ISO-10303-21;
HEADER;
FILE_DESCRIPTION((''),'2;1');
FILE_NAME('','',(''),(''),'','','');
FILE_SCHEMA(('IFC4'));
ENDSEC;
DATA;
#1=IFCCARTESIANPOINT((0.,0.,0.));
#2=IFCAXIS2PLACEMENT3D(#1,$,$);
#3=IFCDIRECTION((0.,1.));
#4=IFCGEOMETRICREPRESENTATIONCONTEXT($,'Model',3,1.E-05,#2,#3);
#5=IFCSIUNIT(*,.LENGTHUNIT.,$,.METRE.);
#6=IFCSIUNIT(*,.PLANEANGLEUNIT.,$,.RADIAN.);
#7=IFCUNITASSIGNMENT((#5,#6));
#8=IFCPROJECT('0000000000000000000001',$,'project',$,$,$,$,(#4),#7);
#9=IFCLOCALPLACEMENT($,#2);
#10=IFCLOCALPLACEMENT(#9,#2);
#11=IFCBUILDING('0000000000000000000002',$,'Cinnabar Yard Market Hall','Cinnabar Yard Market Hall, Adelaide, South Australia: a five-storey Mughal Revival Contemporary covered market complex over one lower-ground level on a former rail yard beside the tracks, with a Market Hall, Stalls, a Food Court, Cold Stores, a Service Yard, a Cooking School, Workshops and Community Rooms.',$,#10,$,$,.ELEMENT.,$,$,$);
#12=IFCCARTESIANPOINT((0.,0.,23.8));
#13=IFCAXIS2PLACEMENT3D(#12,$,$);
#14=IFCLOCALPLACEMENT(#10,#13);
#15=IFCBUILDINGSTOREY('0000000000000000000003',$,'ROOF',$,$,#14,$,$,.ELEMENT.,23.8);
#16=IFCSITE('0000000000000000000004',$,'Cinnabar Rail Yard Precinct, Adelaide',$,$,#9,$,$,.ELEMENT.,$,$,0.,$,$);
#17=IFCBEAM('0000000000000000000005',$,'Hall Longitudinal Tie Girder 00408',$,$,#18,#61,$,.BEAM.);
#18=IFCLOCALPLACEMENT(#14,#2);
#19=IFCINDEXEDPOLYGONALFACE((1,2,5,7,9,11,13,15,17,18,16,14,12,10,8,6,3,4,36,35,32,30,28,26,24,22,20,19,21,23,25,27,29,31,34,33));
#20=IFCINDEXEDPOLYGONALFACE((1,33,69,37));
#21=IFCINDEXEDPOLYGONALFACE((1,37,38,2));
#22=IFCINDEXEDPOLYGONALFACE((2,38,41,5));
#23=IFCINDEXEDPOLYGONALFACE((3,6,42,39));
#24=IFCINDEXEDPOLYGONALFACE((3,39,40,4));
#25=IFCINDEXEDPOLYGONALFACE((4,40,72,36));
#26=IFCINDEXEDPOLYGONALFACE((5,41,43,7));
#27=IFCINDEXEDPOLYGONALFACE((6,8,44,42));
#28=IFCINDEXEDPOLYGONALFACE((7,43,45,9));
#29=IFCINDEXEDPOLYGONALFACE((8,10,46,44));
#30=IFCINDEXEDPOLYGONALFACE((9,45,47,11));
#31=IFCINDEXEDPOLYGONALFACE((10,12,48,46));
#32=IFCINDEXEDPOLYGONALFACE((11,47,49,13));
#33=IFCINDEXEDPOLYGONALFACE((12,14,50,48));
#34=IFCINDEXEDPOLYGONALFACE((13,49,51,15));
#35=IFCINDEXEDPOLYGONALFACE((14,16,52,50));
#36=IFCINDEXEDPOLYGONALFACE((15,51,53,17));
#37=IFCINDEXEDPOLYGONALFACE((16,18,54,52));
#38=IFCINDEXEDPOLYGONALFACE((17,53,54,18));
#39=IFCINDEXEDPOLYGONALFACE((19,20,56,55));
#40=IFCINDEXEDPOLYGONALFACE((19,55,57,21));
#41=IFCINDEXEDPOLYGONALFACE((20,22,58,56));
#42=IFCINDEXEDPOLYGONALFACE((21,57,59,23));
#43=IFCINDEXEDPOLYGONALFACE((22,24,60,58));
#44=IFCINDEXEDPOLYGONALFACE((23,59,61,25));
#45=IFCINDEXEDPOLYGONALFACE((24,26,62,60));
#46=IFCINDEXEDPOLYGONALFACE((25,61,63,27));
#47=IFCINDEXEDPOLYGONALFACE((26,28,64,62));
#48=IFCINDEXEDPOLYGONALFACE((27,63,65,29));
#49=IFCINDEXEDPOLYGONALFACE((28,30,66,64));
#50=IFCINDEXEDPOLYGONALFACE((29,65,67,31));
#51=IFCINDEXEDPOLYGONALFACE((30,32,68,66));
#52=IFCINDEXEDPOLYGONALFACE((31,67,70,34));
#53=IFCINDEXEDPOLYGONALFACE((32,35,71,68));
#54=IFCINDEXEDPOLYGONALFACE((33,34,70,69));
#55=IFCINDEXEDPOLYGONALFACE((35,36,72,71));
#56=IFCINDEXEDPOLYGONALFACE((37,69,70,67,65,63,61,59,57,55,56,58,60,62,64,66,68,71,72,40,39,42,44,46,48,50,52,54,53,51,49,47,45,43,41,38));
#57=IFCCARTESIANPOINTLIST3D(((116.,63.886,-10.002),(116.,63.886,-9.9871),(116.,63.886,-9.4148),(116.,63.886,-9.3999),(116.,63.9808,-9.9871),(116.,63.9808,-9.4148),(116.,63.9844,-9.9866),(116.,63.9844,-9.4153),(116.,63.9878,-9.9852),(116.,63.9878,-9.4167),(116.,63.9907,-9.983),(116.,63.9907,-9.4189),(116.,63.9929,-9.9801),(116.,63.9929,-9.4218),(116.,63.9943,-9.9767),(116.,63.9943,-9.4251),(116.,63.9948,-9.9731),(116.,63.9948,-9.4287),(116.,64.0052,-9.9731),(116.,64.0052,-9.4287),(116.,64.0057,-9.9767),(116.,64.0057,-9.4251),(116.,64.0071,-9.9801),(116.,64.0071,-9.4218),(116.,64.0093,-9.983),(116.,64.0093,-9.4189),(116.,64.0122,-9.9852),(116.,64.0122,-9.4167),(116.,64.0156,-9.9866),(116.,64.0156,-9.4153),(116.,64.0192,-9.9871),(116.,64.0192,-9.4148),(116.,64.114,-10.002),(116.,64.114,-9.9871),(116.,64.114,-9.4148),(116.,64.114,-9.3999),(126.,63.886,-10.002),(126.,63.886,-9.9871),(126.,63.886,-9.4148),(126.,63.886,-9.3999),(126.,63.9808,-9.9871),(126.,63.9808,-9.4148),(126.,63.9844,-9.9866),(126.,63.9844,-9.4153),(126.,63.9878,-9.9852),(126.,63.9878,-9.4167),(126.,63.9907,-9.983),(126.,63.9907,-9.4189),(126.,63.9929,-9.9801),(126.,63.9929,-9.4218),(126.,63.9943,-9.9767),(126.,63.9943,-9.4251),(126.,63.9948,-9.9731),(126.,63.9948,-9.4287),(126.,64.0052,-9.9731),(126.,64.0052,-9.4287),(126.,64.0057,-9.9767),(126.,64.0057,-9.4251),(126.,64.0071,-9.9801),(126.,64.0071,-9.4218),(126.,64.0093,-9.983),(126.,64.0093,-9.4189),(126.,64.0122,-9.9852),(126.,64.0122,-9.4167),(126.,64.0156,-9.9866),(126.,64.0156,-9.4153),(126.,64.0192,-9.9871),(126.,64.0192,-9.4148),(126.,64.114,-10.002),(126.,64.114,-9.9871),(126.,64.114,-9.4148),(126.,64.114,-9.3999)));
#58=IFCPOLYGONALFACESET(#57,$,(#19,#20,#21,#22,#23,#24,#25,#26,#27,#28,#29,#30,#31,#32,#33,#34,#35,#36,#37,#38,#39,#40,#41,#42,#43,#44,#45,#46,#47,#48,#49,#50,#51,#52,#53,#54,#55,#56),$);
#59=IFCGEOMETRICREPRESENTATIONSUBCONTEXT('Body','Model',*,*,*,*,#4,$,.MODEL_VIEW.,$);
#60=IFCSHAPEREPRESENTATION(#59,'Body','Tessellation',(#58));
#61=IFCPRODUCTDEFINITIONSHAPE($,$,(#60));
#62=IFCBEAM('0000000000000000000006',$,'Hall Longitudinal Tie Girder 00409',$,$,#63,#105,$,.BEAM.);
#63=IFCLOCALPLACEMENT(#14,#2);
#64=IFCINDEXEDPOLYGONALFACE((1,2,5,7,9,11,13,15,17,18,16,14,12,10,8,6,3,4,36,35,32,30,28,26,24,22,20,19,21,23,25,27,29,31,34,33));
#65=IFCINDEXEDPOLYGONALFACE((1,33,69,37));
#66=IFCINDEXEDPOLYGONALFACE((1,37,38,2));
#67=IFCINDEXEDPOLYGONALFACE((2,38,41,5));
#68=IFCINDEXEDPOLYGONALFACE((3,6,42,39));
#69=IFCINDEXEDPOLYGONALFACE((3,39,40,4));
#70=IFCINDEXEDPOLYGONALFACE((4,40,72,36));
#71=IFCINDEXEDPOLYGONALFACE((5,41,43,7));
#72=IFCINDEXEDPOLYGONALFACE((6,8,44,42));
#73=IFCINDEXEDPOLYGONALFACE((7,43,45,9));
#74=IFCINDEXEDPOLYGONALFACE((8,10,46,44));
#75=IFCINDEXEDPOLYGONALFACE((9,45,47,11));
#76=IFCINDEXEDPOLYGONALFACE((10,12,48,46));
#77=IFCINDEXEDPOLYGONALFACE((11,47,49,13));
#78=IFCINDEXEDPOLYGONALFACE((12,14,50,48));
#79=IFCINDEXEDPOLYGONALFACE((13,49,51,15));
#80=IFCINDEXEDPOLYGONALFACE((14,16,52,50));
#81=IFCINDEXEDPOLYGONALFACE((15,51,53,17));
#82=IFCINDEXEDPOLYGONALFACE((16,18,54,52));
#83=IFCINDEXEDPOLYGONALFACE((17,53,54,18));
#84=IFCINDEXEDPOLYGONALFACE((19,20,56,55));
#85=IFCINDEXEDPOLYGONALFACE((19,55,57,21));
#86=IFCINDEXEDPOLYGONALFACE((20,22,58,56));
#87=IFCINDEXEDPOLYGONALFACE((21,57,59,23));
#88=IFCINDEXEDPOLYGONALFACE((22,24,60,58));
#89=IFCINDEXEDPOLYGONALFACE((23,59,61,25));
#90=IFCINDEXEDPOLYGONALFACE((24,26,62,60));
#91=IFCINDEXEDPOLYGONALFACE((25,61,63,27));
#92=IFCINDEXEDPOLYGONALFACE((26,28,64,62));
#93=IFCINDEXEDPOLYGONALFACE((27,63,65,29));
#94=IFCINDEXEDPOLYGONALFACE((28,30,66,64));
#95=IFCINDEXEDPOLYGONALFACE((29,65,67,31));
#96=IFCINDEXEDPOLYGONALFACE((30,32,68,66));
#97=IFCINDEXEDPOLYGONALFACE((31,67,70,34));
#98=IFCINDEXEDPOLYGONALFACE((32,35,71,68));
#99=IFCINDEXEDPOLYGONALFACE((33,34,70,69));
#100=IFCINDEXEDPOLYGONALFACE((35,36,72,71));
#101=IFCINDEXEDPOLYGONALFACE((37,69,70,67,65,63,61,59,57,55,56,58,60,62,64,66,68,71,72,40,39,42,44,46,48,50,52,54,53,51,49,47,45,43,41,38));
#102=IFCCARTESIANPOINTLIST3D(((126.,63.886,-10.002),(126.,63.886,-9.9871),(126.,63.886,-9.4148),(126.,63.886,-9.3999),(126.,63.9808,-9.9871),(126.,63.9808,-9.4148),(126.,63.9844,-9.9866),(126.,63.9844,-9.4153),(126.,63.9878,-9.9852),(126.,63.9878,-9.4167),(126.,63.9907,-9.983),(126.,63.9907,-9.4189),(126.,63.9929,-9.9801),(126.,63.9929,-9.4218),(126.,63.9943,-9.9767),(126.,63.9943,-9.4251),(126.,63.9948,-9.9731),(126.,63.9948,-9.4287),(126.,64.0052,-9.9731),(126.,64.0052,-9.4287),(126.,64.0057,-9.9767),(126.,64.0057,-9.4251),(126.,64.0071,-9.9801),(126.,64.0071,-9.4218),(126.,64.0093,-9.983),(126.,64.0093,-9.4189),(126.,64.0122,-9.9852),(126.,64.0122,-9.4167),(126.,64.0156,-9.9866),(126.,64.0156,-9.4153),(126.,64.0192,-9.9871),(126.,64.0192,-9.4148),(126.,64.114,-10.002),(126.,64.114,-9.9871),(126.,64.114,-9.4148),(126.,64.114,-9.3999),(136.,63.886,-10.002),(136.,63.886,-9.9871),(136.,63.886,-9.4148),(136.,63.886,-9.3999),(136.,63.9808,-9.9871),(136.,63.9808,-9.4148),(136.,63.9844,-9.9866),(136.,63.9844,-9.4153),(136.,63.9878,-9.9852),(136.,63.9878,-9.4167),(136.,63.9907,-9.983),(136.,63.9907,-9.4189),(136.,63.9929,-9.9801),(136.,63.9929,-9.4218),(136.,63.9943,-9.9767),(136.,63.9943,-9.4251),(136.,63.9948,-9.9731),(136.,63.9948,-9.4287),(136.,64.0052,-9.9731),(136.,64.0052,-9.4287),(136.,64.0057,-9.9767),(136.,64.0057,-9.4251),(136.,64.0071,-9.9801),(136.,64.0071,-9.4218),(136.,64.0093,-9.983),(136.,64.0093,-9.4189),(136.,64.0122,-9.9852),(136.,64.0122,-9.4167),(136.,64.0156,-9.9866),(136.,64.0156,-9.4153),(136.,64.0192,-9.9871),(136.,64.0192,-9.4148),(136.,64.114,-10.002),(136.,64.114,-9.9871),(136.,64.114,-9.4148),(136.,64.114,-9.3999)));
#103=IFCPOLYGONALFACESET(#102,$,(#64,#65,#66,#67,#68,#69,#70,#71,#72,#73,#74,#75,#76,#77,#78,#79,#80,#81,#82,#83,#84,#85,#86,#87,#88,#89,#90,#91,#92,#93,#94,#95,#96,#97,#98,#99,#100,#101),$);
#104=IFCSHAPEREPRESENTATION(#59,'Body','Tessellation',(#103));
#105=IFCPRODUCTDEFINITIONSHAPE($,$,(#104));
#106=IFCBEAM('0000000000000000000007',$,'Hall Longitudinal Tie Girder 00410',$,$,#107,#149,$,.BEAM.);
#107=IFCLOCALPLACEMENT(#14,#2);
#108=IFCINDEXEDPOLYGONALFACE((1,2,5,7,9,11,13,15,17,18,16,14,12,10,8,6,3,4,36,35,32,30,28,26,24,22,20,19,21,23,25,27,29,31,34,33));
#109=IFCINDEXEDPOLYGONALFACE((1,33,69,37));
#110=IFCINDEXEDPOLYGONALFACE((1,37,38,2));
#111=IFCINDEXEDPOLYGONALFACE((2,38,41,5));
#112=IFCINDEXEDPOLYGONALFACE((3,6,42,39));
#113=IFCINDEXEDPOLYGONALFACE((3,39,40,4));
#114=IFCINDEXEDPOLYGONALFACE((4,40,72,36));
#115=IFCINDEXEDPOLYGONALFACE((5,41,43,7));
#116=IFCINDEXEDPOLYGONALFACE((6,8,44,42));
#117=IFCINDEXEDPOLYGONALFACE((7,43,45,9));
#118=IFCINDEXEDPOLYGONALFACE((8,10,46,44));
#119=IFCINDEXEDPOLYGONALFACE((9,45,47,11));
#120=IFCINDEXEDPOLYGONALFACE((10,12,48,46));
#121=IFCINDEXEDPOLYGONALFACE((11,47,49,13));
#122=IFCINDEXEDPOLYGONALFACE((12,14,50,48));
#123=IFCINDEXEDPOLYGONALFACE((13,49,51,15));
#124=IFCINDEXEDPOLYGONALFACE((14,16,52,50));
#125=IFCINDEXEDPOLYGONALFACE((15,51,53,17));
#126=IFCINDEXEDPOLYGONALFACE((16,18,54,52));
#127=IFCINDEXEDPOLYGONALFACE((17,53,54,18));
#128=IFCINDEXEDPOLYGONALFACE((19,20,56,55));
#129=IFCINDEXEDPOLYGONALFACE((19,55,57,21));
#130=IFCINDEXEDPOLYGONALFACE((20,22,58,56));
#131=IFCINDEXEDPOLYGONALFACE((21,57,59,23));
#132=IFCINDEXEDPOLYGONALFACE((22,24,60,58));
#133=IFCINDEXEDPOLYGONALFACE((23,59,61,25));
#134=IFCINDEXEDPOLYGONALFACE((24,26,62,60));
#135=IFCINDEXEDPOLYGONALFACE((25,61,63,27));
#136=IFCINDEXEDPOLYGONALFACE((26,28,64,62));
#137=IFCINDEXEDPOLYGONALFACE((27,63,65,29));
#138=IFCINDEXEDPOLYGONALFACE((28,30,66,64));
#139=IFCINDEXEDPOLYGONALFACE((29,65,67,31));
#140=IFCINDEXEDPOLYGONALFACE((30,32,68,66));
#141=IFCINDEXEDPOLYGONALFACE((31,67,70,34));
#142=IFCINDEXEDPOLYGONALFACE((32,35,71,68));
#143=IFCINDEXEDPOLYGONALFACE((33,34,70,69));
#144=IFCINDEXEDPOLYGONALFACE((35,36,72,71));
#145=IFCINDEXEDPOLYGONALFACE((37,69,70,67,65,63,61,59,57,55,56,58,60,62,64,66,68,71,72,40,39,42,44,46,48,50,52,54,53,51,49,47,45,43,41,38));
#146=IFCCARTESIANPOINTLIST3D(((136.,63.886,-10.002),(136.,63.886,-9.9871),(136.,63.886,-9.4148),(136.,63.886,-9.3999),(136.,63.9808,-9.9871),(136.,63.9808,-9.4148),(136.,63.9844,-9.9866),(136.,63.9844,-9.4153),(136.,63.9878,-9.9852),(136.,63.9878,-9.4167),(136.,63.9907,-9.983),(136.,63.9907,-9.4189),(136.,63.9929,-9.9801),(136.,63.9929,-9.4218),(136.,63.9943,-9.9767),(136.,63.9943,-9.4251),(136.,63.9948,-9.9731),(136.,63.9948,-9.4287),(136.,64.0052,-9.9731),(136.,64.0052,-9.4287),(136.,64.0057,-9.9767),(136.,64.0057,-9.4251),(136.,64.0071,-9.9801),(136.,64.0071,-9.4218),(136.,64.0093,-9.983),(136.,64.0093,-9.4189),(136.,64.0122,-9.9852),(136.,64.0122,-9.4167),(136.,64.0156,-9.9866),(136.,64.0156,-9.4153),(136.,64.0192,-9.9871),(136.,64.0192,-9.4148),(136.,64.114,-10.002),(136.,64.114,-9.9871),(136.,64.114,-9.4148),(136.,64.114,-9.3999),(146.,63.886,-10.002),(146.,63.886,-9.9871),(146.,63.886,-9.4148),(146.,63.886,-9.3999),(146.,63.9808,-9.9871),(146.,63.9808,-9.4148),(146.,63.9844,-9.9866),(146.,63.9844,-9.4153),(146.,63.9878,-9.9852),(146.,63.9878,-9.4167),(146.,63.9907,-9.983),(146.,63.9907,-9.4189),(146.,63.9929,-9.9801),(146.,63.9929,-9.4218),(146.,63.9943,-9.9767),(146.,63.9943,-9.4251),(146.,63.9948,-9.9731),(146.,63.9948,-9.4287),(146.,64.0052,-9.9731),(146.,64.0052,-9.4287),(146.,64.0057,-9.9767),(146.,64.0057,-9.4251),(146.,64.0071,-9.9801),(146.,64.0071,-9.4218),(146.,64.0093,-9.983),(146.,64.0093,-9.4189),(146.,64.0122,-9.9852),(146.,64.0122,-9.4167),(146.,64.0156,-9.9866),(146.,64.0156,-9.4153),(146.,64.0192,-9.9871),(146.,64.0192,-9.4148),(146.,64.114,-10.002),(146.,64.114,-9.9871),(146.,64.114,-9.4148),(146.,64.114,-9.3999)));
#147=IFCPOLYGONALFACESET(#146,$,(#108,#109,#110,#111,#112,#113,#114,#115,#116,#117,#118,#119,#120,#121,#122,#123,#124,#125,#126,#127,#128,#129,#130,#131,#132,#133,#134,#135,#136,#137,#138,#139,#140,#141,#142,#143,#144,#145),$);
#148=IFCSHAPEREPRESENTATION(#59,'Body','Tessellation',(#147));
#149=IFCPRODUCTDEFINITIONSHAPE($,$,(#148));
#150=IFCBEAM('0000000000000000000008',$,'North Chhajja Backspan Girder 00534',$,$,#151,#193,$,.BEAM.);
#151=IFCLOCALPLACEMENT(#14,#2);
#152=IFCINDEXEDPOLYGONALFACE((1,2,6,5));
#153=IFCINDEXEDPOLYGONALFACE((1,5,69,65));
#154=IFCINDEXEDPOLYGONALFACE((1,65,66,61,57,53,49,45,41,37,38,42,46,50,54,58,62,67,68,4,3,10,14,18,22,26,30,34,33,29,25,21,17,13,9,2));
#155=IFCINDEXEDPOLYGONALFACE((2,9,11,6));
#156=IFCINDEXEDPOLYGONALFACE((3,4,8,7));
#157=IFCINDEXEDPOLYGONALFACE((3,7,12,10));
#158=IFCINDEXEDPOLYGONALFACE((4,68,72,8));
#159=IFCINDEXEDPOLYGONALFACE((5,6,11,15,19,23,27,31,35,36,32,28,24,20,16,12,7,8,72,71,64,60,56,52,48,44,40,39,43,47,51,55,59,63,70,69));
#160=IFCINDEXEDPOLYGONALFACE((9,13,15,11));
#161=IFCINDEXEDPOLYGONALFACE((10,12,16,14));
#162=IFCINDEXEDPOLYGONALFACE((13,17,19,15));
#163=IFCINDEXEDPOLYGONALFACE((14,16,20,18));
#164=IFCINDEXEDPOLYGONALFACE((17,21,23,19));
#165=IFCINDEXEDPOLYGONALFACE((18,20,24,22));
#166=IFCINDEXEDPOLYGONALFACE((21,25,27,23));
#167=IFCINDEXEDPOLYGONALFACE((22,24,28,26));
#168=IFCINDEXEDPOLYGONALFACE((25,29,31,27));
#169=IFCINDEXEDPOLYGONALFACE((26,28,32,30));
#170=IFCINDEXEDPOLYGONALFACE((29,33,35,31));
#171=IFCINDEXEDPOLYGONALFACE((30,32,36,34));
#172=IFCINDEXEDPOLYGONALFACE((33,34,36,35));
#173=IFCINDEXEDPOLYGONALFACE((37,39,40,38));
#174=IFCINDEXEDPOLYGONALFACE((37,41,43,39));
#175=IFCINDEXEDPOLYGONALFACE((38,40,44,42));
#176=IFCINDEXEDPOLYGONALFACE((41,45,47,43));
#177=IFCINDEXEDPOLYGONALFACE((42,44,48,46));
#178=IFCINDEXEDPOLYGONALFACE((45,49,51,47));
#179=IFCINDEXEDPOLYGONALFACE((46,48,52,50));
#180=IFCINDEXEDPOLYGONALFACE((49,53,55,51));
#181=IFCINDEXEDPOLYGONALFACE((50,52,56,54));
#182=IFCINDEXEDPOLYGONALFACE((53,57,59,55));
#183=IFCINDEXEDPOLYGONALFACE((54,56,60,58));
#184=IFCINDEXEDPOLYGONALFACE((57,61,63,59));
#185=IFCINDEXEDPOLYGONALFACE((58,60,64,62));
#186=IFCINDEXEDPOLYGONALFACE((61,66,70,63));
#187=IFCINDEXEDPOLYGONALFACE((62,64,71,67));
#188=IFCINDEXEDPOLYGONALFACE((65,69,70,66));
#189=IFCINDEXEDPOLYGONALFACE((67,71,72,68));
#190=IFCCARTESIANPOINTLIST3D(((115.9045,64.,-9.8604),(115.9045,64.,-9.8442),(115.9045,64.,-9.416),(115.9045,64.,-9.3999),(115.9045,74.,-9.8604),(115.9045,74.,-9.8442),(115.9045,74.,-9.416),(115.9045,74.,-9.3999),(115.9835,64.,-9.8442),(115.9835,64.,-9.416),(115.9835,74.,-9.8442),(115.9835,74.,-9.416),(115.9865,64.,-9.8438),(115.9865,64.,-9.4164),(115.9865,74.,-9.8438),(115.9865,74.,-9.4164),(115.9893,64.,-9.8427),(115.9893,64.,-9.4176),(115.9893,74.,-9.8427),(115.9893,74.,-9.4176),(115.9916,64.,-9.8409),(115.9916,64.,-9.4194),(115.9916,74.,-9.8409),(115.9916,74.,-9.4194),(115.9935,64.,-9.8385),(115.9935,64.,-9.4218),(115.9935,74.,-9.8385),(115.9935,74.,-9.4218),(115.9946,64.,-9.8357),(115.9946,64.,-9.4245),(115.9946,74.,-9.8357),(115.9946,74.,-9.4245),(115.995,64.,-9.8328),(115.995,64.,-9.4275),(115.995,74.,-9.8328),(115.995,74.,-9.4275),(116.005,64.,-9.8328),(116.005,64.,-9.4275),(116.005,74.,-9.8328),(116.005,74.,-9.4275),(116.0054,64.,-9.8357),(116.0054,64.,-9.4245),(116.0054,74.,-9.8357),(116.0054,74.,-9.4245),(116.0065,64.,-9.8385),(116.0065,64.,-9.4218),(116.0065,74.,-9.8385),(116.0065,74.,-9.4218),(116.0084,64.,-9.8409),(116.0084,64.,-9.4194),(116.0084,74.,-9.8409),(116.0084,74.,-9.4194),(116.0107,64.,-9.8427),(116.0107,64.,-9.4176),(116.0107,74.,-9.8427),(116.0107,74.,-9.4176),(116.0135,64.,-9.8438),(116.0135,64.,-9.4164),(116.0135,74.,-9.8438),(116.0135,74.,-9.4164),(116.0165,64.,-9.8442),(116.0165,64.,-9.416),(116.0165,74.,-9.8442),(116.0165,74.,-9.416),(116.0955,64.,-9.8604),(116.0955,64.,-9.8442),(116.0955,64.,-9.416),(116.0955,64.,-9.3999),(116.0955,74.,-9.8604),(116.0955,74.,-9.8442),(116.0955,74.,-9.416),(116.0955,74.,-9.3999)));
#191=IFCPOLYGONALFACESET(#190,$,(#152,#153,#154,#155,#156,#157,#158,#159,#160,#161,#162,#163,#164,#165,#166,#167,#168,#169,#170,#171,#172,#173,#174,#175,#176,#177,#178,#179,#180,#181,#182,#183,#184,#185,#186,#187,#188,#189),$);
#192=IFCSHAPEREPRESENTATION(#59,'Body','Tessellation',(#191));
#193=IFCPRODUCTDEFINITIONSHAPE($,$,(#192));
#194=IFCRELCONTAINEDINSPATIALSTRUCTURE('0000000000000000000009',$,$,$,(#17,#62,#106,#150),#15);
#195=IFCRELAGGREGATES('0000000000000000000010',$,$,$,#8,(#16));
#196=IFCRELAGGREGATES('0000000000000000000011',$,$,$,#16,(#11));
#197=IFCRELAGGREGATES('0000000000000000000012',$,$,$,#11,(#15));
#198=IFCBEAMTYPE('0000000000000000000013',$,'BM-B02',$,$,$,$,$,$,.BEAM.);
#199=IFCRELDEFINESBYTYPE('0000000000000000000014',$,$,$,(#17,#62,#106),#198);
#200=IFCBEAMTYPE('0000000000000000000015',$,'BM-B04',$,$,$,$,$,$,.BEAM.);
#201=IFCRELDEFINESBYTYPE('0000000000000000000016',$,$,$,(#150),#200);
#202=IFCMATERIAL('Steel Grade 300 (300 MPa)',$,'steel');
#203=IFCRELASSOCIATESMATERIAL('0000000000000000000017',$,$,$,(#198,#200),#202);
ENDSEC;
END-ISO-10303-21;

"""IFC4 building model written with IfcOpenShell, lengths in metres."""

from ifc_helpers import new_model, si_unit, direction, frame, origin, origin_2d_with_axis, place, context, subcontext, project, spatial, i_section, extrude, material, material_profile, profile_set, type_object, element, save


model = new_model("IFC4")

# Units and contexts
model_context = context("Model", 3, precision=1e-05, world=origin(), true_north=direction((0.0, 1.0)))
body_context = subcontext(model_context, "Body", "Model", "MODEL_VIEW")
ifc_project = project(units=[si_unit("LENGTHUNIT", "METRE"), si_unit("PLANEANGLEUNIT", "RADIAN")], contexts=[model_context])

# Site, building, storey
site_placement = place(None, origin())
site = spatial("IfcSite", under=ifc_project, at=site_placement, Name="Cinnabar Rail Yard Precinct, Adelaide", CompositionType="ELEMENT", RefElevation=0.0)
building_placement = place(site_placement, origin())
building = spatial("IfcBuilding", under=site, at=building_placement, Name="Cinnabar Yard Market Hall", Description="Cinnabar Yard Market Hall, Adelaide, South Australia: a five-storey Mughal Revival Contemporary covered market complex over one lower-ground level on a former rail yard beside the tracks, with a Market Hall, Stalls, a Food Court, Cold Stores, a Service Yard, a Cooking School, Workshops and Community Rooms.", CompositionType="ELEMENT")
storey_placement = place(building_placement, frame((0.0, 0.0, 23.8)))
storey = spatial("IfcBuildingStorey", under=building, at=storey_placement, Name="ROOF", CompositionType="ELEMENT", Elevation=23.8)

# Beams
ifc_material_1 = material(Name="Steel Grade 300 (300 MPa)", Category="steel")
ifc_material_profile_1 = material_profile(ifc_material_1, i_section(OverallWidth=0.228, OverallDepth=0.6021, WebThickness=0.0105, FlangeThickness=0.0149, FilletRadius=0.0139, at=origin_2d_with_axis()), Name="610UB101")
ifc_profile_set_1 = profile_set([ifc_material_profile_1], Name="Steel Grade 300 (300 MPa)")
beam_type_1 = type_object("IfcBeamType", Name="BM-B02", PredefinedType="BEAM", material=ifc_profile_set_1)
for number, where, z_axis, x_axis, name in (
    (1, (116.0, 64.0, -9.7009), (1.0, 0.0, 0.0), (0.0, 1.0, 0.0), "Hall Longitudinal Tie Girder 00408"),
    (2, (126.0, 64.0, -9.7009), (1.0, 0.0, 0.0), (0.0, 1.0, 0.0), "Hall Longitudinal Tie Girder 00409"),
    (3, (136.0, 64.0, -9.7009), (1.0, 0.0, 0.0), (0.0, 1.0, 0.0), "Hall Longitudinal Tie Girder 00410"),
):
    element("IfcBeam", number, at=place(storey_placement, frame(where, z_axis=z_axis, x_axis=x_axis)), inside=storey, type_object=beam_type_1, Name=name, PredefinedType="BEAM", context=body_context, shape_type="SweptSolid", body=[
        extrude(i_section(OverallWidth=0.228, OverallDepth=0.6021, WebThickness=0.0105, FlangeThickness=0.0149, FilletRadius=0.0139, at=origin_2d_with_axis()), origin(), (0.0, 0.0, 1.0), 10.0),
    ])
ifc_material_profile_2 = material_profile(ifc_material_1, i_section(OverallWidth=0.1909, OverallDepth=0.4604, WebThickness=0.01, FlangeThickness=0.0161, FilletRadius=0.0115, at=origin_2d_with_axis()), Name="460UB82.1")
ifc_profile_set_2 = profile_set([ifc_material_profile_2], Name="Steel Grade 300 (300 MPa)")
beam_type_2 = type_object("IfcBeamType", Name="BM-B04", PredefinedType="BEAM", material=ifc_profile_set_2)
for number, where, z_axis, x_axis, name in (
    (4, (116.0, 64.0, -9.6301), (0.0, 1.0, 0.0), (-1.0, 0.0, 0.0), "North Chhajja Backspan Girder 00534"),
):
    element("IfcBeam", number, at=place(storey_placement, frame(where, z_axis=z_axis, x_axis=x_axis)), inside=storey, type_object=beam_type_2, Name=name, PredefinedType="BEAM", context=body_context, shape_type="SweptSolid", body=[
        extrude(i_section(OverallWidth=0.1909, OverallDepth=0.4604, WebThickness=0.01, FlangeThickness=0.0161, FilletRadius=0.0115, at=origin_2d_with_axis()), origin(), (0.0, 0.0, 1.0), 10.0),
    ])

save(model, "model.ifc")
